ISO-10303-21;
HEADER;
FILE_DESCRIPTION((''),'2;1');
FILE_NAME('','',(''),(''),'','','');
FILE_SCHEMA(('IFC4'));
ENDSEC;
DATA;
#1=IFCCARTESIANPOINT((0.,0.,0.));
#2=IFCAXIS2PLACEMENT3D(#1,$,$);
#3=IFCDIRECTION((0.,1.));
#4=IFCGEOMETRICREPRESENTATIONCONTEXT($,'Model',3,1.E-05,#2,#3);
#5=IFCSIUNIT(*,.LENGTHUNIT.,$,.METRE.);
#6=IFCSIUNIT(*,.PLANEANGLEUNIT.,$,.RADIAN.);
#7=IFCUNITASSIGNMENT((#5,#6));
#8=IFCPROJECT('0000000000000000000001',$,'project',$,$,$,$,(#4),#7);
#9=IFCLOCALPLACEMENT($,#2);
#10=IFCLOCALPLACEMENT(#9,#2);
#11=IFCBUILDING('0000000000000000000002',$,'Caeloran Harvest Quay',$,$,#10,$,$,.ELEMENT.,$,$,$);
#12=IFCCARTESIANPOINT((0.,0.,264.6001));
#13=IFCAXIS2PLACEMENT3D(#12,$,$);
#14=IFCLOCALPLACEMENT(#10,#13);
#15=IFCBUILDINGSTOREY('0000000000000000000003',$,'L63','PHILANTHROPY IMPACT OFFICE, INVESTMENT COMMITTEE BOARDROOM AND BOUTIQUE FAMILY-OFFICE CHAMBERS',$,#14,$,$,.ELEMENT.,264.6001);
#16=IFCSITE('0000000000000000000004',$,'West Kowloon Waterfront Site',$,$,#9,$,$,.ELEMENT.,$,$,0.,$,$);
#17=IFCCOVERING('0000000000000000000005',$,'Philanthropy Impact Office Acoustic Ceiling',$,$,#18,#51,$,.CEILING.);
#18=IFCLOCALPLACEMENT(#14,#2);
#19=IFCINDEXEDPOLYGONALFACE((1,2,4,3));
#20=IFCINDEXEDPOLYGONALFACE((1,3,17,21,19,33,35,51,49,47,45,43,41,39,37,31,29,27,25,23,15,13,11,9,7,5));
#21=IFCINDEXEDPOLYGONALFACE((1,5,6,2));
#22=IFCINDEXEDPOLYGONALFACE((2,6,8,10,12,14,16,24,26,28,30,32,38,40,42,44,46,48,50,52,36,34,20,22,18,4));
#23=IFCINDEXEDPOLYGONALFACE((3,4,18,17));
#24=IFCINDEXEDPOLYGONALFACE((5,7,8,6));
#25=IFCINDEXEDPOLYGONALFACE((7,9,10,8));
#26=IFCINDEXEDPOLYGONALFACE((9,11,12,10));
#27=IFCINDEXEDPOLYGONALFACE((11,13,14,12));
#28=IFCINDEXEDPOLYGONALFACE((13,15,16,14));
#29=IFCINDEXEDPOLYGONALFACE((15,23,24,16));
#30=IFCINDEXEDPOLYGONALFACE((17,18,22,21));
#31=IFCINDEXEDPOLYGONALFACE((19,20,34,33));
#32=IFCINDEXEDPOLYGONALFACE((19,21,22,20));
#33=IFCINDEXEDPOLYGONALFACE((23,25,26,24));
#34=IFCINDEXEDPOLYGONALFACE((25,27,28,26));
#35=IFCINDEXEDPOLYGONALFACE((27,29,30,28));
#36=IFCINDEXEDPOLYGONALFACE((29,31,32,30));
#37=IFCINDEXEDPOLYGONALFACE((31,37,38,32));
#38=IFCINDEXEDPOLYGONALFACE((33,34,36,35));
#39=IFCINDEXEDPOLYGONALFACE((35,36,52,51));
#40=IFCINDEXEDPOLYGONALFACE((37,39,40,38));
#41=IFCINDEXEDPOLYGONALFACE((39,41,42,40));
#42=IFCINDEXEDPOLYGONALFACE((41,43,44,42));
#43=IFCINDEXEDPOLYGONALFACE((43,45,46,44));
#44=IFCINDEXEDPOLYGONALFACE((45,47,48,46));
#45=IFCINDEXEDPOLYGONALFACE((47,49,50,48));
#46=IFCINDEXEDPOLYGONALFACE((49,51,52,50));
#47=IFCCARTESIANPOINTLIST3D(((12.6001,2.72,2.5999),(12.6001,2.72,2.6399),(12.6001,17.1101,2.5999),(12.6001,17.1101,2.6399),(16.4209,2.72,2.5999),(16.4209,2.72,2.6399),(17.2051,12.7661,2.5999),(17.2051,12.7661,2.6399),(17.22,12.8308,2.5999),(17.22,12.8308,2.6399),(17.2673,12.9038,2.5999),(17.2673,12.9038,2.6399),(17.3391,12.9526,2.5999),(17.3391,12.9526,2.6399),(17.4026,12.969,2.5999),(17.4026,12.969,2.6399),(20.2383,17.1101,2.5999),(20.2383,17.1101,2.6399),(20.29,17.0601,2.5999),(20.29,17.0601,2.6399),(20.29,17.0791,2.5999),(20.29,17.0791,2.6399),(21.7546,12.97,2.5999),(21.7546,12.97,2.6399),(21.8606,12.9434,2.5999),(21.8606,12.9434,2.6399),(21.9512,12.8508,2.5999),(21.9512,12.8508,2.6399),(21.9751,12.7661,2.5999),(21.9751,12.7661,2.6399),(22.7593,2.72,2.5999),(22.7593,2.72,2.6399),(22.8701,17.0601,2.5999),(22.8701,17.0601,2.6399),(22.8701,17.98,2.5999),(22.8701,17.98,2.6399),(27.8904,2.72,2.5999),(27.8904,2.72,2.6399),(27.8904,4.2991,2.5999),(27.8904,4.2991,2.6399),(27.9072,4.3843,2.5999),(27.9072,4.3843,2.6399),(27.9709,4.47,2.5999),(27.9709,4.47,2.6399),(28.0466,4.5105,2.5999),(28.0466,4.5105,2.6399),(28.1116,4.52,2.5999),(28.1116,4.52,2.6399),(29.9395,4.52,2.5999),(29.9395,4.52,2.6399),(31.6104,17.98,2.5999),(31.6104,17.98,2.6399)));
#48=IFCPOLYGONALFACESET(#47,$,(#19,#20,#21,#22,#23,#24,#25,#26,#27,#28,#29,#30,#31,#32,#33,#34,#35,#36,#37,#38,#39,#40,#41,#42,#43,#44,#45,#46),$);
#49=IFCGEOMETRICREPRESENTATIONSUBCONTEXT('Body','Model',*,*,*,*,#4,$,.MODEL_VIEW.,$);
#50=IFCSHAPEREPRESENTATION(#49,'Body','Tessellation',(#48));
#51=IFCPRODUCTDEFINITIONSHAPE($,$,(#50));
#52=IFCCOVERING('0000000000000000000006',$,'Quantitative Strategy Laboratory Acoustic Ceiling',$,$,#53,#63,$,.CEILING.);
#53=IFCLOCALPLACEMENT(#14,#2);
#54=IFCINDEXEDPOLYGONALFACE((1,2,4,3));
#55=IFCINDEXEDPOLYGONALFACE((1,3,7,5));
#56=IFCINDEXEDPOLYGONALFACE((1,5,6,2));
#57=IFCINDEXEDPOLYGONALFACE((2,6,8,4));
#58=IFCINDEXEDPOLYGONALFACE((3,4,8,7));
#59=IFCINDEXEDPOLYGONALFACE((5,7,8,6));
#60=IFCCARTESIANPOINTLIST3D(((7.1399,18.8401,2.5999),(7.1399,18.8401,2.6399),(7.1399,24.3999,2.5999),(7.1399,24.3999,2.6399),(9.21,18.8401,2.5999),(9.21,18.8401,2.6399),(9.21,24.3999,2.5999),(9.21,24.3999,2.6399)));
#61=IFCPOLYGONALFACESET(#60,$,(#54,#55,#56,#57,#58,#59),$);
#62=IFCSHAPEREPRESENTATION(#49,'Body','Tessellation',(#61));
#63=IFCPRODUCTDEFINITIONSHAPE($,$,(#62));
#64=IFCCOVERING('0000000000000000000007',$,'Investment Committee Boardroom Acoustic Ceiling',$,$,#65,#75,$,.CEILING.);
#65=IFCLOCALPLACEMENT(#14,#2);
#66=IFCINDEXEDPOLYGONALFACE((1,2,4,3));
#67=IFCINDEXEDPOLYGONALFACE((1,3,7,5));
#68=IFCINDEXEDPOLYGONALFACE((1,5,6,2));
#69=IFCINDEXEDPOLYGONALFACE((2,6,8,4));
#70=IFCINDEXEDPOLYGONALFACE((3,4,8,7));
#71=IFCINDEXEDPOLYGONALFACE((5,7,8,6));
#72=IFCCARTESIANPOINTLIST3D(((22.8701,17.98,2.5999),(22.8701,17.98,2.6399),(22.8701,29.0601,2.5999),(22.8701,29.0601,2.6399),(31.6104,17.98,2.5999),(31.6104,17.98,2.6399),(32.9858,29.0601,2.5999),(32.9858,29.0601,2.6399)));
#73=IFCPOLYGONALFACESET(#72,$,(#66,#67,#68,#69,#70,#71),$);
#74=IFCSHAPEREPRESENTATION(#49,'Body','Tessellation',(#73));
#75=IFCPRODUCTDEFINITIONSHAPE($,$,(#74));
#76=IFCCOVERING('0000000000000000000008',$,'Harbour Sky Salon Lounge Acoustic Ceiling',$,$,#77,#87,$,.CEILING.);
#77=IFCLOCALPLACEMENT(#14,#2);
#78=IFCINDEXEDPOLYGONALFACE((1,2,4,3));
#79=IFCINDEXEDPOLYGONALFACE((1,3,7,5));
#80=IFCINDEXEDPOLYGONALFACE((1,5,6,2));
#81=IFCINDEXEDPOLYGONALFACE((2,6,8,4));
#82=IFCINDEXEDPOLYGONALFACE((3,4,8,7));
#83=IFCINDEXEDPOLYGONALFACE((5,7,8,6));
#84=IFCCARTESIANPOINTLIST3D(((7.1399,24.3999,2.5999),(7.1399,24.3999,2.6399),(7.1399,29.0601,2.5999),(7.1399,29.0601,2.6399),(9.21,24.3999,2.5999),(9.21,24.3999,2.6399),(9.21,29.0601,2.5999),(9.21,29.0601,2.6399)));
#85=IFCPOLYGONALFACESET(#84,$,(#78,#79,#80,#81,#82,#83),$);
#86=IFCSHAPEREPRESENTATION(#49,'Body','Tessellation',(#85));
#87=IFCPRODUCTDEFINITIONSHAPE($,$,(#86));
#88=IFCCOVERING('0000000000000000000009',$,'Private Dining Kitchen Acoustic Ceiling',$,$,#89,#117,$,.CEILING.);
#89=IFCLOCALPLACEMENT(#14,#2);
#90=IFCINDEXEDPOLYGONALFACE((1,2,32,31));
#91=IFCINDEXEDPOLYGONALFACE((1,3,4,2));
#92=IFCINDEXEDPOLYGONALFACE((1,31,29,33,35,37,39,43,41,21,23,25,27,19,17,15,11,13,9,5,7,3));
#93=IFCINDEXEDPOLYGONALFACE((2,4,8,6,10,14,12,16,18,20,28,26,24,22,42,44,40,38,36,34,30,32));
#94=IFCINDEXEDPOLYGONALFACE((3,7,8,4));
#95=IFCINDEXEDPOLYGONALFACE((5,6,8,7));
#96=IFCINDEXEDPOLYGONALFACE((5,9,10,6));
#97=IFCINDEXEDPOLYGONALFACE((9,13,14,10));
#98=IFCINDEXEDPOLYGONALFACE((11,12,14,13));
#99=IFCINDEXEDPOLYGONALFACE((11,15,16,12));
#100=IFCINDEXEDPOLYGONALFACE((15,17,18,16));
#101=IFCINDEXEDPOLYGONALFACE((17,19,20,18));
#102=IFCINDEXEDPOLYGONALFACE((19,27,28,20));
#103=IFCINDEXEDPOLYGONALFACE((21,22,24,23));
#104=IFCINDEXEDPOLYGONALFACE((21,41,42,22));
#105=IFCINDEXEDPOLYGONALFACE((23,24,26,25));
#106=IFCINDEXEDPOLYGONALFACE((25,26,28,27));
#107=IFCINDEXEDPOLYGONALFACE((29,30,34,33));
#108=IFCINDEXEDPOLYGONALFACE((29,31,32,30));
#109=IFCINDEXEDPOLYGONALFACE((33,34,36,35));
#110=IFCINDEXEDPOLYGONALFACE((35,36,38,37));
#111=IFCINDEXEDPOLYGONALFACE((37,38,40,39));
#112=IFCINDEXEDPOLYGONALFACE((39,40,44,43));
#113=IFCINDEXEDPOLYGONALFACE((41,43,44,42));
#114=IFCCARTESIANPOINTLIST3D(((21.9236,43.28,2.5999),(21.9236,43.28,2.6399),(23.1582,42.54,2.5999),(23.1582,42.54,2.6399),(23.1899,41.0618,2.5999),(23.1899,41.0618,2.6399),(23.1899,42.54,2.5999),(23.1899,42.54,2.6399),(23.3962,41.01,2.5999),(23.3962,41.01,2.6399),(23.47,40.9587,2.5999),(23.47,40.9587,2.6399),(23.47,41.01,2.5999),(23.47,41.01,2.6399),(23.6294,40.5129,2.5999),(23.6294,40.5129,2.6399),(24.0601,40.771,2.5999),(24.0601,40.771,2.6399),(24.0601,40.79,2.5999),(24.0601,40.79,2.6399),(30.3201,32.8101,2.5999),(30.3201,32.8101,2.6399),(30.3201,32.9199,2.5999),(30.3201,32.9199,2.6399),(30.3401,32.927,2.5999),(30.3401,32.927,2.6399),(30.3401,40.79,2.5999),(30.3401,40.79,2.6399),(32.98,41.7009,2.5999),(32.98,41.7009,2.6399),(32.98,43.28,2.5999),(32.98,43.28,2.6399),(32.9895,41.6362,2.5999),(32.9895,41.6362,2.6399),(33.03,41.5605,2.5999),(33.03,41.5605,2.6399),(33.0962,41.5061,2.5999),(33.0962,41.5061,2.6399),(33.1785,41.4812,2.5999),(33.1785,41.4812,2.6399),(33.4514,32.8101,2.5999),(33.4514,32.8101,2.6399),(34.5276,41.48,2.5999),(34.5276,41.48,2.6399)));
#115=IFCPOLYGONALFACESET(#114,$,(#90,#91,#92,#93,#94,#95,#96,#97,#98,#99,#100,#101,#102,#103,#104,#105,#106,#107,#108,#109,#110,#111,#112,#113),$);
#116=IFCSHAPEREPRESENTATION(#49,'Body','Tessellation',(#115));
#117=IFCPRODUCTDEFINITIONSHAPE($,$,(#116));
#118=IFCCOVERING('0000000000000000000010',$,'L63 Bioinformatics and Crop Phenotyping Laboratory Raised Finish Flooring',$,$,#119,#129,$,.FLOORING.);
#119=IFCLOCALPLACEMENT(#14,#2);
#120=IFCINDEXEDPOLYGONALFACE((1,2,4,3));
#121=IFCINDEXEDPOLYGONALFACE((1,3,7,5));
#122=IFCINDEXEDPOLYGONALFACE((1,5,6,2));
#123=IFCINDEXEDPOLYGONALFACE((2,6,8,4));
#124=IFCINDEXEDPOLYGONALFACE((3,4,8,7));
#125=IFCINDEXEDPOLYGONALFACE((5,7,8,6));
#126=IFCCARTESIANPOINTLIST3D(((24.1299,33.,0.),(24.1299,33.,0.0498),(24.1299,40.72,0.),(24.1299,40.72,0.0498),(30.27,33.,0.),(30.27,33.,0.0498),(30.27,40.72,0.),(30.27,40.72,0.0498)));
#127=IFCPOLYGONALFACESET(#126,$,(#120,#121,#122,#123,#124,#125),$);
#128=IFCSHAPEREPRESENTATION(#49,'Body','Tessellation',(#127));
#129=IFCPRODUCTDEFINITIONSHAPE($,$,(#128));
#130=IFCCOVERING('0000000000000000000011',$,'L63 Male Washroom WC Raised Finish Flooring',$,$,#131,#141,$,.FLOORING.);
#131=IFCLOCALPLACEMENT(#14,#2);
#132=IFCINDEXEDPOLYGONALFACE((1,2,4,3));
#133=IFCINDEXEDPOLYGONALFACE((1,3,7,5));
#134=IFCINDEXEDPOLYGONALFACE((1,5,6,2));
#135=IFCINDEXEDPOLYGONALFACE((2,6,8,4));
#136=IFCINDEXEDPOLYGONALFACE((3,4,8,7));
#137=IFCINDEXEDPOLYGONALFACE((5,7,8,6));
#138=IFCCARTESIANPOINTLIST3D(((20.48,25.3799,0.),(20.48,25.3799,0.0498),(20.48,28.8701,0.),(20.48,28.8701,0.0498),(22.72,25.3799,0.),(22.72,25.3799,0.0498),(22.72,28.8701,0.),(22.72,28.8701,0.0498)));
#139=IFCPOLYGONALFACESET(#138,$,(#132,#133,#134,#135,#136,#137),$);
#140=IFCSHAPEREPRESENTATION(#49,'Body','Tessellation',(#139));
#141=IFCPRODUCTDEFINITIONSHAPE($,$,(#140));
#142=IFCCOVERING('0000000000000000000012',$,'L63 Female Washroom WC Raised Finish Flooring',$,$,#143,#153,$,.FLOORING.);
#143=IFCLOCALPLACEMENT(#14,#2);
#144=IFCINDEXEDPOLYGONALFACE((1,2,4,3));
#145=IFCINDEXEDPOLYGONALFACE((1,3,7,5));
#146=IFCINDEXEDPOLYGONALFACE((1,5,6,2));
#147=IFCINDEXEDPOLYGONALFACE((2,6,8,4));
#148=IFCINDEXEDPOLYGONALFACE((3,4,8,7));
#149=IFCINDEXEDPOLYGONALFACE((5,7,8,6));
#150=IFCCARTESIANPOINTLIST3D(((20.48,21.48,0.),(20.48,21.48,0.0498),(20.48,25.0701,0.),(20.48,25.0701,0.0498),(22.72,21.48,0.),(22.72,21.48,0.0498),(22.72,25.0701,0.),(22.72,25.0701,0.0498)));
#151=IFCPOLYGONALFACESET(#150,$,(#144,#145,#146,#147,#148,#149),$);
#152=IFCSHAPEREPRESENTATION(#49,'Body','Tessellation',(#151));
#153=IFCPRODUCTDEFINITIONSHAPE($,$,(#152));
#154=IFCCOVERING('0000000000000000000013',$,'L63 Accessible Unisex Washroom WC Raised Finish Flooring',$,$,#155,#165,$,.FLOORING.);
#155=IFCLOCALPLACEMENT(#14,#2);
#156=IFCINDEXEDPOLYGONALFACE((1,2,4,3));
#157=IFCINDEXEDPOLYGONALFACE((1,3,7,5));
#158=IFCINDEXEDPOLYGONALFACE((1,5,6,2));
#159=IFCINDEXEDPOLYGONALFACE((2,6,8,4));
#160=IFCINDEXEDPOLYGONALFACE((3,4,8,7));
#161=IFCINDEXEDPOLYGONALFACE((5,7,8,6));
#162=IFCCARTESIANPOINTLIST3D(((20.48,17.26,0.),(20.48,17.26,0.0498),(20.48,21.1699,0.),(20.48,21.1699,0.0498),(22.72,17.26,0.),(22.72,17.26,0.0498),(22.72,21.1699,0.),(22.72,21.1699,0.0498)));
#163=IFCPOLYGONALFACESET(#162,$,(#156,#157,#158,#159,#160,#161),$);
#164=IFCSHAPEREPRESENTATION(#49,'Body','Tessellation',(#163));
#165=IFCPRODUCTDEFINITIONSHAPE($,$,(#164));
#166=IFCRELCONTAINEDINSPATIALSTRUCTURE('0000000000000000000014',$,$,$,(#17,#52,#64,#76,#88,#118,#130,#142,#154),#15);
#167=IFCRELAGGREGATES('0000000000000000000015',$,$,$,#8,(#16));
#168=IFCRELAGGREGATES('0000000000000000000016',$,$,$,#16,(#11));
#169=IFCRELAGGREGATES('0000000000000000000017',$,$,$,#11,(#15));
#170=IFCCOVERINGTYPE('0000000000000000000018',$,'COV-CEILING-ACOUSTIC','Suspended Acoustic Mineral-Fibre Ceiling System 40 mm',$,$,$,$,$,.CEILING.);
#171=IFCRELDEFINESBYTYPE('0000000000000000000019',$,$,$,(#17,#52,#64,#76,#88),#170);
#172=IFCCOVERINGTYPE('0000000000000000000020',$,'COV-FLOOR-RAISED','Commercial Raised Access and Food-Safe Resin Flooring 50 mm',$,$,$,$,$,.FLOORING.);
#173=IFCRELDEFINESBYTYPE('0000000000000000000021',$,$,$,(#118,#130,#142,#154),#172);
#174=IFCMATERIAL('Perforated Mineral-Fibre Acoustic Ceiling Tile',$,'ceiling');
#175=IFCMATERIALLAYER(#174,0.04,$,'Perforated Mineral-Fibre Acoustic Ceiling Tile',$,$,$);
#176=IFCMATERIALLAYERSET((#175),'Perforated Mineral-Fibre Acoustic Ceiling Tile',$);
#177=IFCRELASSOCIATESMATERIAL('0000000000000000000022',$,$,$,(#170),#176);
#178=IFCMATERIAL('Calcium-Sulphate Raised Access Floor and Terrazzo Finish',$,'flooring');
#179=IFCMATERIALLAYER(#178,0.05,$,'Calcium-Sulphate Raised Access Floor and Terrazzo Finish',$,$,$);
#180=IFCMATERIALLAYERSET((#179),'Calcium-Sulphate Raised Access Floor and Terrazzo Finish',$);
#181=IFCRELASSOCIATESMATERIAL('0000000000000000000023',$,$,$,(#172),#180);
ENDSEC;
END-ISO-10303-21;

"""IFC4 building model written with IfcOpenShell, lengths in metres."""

from ifc_helpers import new_model, si_unit, direction, frame, origin, place, context, subcontext, project, spatial, polyline, outline, extrude, material, layer, layer_set, type_object, element, save


model = new_model("IFC4")

# Units and contexts
model_context = context("Model", 3, precision=1e-05, world=origin(), true_north=direction((0.0, 1.0)))
body_context = subcontext(model_context, "Body", "Model", "MODEL_VIEW")
ifc_project = project(units=[si_unit("LENGTHUNIT", "METRE"), si_unit("PLANEANGLEUNIT", "RADIAN")], contexts=[model_context])

# Site, building, storey
site_placement = place(None, origin())
site = spatial("IfcSite", under=ifc_project, at=site_placement, Name="West Kowloon Waterfront Site", CompositionType="ELEMENT", RefElevation=0.0)
building_placement = place(site_placement, origin())
building = spatial("IfcBuilding", under=site, at=building_placement, Name="Caeloran Harvest Quay", CompositionType="ELEMENT")
storey_placement = place(building_placement, frame((0.0, 0.0, 264.6001)))
storey = spatial("IfcBuildingStorey", under=building, at=storey_placement, Name="L63", Description="PHILANTHROPY IMPACT OFFICE, INVESTMENT COMMITTEE BOARDROOM AND BOUTIQUE FAMILY-OFFICE CHAMBERS", CompositionType="ELEMENT", Elevation=264.6001)

# Coverings
ifc_material_1 = material(Name="Perforated Mineral-Fibre Acoustic Ceiling Tile", Category="ceiling")
ifc_layer_1 = layer(ifc_material_1, 0.04, Name="Perforated Mineral-Fibre Acoustic Ceiling Tile")
ifc_layer_set_1 = layer_set([ifc_layer_1], Name="Perforated Mineral-Fibre Acoustic Ceiling Tile")
covering_type_1 = type_object("IfcCoveringType", Name="COV-CEILING-ACOUSTIC", Description="Suspended Acoustic Mineral-Fibre Ceiling System 40 mm", PredefinedType="CEILING", material=ifc_layer_set_1)
covering_1_placement = place(storey_placement, frame((0.0, 0.0, 2.5999)))
element("IfcCovering", 1, at=covering_1_placement, inside=storey, type_object=covering_type_1, Name="Philanthropy Impact Office Acoustic Ceiling", PredefinedType="CEILING", context=body_context, shape_type="SweptSolid", body=[
    extrude(outline(polyline([(22.8701, 17.0601), (22.8701, 17.98), (31.6104, 17.98), (29.9395, 4.52), (28.1116, 4.52), (28.0466, 4.5105), (27.9709, 4.47), (27.9072, 4.3843), (27.8904, 4.2991), (27.8904, 2.72), (22.7593, 2.72), (21.9751, 12.7661), (21.9512, 12.8508), (21.8606, 12.9434), (21.7546, 12.97), (17.4026, 12.969), (17.3391, 12.9526), (17.2673, 12.9038), (17.22, 12.8308), (17.2051, 12.7661), (16.4209, 2.72), (12.6001, 2.72), (12.6001, 17.1101), (20.2383, 17.1101), (20.29, 17.0791), (20.29, 17.0601), (22.8701, 17.0601)])), origin(), (0.0, 0.0, 1.0), 0.04),
])
covering_2_placement = place(storey_placement, frame((0.0, 0.0, 2.5999)))
element("IfcCovering", 2, at=covering_2_placement, inside=storey, type_object=covering_type_1, Name="Quantitative Strategy Laboratory Acoustic Ceiling", PredefinedType="CEILING", context=body_context, shape_type="SweptSolid", body=[
    extrude(outline(polyline([(7.1399, 18.8401), (7.1399, 24.3999), (9.21, 24.3999), (9.21, 18.8401), (7.1399, 18.8401)])), origin(), (0.0, 0.0, 1.0), 0.04),
])
covering_3_placement = place(storey_placement, frame((0.0, 0.0, 2.5999)))
element("IfcCovering", 3, at=covering_3_placement, inside=storey, type_object=covering_type_1, Name="Investment Committee Boardroom Acoustic Ceiling", PredefinedType="CEILING", context=body_context, shape_type="SweptSolid", body=[
    extrude(outline(polyline([(32.9858, 29.0601), (31.6104, 17.98), (22.8701, 17.98), (22.8701, 29.0601), (32.9858, 29.0601)])), origin(), (0.0, 0.0, 1.0), 0.04),
])
covering_4_placement = place(storey_placement, frame((0.0, 0.0, 2.5999)))
element("IfcCovering", 4, at=covering_4_placement, inside=storey, type_object=covering_type_1, Name="Harbour Sky Salon Lounge Acoustic Ceiling", PredefinedType="CEILING", context=body_context, shape_type="SweptSolid", body=[
    extrude(outline(polyline([(7.1399, 24.3999), (7.1399, 29.0601), (9.21, 29.0601), (9.21, 24.3999), (7.1399, 24.3999)])), origin(), (0.0, 0.0, 1.0), 0.04),
])
covering_5_placement = place(storey_placement, frame((0.0, 0.0, 2.5999)))
element("IfcCovering", 5, at=covering_5_placement, inside=storey, type_object=covering_type_1, Name="Private Dining Kitchen Acoustic Ceiling", PredefinedType="CEILING", context=body_context, shape_type="SweptSolid", body=[
    extrude(outline(polyline([(23.1899, 42.54), (23.1582, 42.54), (21.9236, 43.28), (32.98, 43.28), (32.98, 41.7009), (32.9895, 41.6362), (33.03, 41.5605), (33.0962, 41.5061), (33.1785, 41.4812), (34.5276, 41.48), (33.4514, 32.8101), (30.3201, 32.8101), (30.3201, 32.9199), (30.3401, 32.927), (30.3401, 40.79), (24.0601, 40.79), (24.0601, 40.771), (23.6294, 40.5129), (23.47, 40.9587), (23.47, 41.01), (23.3962, 41.01), (23.1899, 41.0618), (23.1899, 42.54)])), origin(), (0.0, 0.0, 1.0), 0.04),
])
ifc_material_2 = material(Name="Calcium-Sulphate Raised Access Floor and Terrazzo Finish", Category="flooring")
ifc_layer_2 = layer(ifc_material_2, 0.05, Name="Calcium-Sulphate Raised Access Floor and Terrazzo Finish")
ifc_layer_set_2 = layer_set([ifc_layer_2], Name="Calcium-Sulphate Raised Access Floor and Terrazzo Finish")
covering_type_2 = type_object("IfcCoveringType", Name="COV-FLOOR-RAISED", Description="Commercial Raised Access and Food-Safe Resin Flooring 50 mm", PredefinedType="FLOORING", material=ifc_layer_set_2)
covering_6_placement = place(storey_placement, origin())
element("IfcCovering", 6, at=covering_6_placement, inside=storey, type_object=covering_type_2, Name="L63 Bioinformatics and Crop Phenotyping Laboratory Raised Finish Flooring", PredefinedType="FLOORING", context=body_context, shape_type="SweptSolid", body=[
    extrude(outline(polyline([(30.27, 40.72), (30.27, 33.0), (24.1299, 33.0), (24.1299, 40.72), (30.27, 40.72)])), origin(), (0.0, 0.0, 1.0), 0.0498),
])
covering_7_placement = place(storey_placement, origin())
element("IfcCovering", 7, at=covering_7_placement, inside=storey, type_object=covering_type_2, Name="L63 Male Washroom WC Raised Finish Flooring", PredefinedType="FLOORING", context=body_context, shape_type="SweptSolid", body=[
    extrude(outline(polyline([(22.72, 28.8701), (22.72, 25.3799), (20.48, 25.3799), (20.48, 28.8701), (22.72, 28.8701)])), origin(), (0.0, 0.0, 1.0), 0.0498),
])
covering_8_placement = place(storey_placement, origin())
element("IfcCovering", 8, at=covering_8_placement, inside=storey, type_object=covering_type_2, Name="L63 Female Washroom WC Raised Finish Flooring", PredefinedType="FLOORING", context=body_context, shape_type="SweptSolid", body=[
    extrude(outline(polyline([(22.72, 25.0701), (22.72, 21.48), (20.48, 21.48), (20.48, 25.0701), (22.72, 25.0701)])), origin(), (0.0, 0.0, 1.0), 0.0498),
])
covering_9_placement = place(storey_placement, origin())
element("IfcCovering", 9, at=covering_9_placement, inside=storey, type_object=covering_type_2, Name="L63 Accessible Unisex Washroom WC Raised Finish Flooring", PredefinedType="FLOORING", context=body_context, shape_type="SweptSolid", body=[
    extrude(outline(polyline([(22.72, 21.1699), (22.72, 17.26), (20.48, 17.26), (20.48, 21.1699), (22.72, 21.1699)])), origin(), (0.0, 0.0, 1.0), 0.0498),
])

save(model, "model.ifc")
